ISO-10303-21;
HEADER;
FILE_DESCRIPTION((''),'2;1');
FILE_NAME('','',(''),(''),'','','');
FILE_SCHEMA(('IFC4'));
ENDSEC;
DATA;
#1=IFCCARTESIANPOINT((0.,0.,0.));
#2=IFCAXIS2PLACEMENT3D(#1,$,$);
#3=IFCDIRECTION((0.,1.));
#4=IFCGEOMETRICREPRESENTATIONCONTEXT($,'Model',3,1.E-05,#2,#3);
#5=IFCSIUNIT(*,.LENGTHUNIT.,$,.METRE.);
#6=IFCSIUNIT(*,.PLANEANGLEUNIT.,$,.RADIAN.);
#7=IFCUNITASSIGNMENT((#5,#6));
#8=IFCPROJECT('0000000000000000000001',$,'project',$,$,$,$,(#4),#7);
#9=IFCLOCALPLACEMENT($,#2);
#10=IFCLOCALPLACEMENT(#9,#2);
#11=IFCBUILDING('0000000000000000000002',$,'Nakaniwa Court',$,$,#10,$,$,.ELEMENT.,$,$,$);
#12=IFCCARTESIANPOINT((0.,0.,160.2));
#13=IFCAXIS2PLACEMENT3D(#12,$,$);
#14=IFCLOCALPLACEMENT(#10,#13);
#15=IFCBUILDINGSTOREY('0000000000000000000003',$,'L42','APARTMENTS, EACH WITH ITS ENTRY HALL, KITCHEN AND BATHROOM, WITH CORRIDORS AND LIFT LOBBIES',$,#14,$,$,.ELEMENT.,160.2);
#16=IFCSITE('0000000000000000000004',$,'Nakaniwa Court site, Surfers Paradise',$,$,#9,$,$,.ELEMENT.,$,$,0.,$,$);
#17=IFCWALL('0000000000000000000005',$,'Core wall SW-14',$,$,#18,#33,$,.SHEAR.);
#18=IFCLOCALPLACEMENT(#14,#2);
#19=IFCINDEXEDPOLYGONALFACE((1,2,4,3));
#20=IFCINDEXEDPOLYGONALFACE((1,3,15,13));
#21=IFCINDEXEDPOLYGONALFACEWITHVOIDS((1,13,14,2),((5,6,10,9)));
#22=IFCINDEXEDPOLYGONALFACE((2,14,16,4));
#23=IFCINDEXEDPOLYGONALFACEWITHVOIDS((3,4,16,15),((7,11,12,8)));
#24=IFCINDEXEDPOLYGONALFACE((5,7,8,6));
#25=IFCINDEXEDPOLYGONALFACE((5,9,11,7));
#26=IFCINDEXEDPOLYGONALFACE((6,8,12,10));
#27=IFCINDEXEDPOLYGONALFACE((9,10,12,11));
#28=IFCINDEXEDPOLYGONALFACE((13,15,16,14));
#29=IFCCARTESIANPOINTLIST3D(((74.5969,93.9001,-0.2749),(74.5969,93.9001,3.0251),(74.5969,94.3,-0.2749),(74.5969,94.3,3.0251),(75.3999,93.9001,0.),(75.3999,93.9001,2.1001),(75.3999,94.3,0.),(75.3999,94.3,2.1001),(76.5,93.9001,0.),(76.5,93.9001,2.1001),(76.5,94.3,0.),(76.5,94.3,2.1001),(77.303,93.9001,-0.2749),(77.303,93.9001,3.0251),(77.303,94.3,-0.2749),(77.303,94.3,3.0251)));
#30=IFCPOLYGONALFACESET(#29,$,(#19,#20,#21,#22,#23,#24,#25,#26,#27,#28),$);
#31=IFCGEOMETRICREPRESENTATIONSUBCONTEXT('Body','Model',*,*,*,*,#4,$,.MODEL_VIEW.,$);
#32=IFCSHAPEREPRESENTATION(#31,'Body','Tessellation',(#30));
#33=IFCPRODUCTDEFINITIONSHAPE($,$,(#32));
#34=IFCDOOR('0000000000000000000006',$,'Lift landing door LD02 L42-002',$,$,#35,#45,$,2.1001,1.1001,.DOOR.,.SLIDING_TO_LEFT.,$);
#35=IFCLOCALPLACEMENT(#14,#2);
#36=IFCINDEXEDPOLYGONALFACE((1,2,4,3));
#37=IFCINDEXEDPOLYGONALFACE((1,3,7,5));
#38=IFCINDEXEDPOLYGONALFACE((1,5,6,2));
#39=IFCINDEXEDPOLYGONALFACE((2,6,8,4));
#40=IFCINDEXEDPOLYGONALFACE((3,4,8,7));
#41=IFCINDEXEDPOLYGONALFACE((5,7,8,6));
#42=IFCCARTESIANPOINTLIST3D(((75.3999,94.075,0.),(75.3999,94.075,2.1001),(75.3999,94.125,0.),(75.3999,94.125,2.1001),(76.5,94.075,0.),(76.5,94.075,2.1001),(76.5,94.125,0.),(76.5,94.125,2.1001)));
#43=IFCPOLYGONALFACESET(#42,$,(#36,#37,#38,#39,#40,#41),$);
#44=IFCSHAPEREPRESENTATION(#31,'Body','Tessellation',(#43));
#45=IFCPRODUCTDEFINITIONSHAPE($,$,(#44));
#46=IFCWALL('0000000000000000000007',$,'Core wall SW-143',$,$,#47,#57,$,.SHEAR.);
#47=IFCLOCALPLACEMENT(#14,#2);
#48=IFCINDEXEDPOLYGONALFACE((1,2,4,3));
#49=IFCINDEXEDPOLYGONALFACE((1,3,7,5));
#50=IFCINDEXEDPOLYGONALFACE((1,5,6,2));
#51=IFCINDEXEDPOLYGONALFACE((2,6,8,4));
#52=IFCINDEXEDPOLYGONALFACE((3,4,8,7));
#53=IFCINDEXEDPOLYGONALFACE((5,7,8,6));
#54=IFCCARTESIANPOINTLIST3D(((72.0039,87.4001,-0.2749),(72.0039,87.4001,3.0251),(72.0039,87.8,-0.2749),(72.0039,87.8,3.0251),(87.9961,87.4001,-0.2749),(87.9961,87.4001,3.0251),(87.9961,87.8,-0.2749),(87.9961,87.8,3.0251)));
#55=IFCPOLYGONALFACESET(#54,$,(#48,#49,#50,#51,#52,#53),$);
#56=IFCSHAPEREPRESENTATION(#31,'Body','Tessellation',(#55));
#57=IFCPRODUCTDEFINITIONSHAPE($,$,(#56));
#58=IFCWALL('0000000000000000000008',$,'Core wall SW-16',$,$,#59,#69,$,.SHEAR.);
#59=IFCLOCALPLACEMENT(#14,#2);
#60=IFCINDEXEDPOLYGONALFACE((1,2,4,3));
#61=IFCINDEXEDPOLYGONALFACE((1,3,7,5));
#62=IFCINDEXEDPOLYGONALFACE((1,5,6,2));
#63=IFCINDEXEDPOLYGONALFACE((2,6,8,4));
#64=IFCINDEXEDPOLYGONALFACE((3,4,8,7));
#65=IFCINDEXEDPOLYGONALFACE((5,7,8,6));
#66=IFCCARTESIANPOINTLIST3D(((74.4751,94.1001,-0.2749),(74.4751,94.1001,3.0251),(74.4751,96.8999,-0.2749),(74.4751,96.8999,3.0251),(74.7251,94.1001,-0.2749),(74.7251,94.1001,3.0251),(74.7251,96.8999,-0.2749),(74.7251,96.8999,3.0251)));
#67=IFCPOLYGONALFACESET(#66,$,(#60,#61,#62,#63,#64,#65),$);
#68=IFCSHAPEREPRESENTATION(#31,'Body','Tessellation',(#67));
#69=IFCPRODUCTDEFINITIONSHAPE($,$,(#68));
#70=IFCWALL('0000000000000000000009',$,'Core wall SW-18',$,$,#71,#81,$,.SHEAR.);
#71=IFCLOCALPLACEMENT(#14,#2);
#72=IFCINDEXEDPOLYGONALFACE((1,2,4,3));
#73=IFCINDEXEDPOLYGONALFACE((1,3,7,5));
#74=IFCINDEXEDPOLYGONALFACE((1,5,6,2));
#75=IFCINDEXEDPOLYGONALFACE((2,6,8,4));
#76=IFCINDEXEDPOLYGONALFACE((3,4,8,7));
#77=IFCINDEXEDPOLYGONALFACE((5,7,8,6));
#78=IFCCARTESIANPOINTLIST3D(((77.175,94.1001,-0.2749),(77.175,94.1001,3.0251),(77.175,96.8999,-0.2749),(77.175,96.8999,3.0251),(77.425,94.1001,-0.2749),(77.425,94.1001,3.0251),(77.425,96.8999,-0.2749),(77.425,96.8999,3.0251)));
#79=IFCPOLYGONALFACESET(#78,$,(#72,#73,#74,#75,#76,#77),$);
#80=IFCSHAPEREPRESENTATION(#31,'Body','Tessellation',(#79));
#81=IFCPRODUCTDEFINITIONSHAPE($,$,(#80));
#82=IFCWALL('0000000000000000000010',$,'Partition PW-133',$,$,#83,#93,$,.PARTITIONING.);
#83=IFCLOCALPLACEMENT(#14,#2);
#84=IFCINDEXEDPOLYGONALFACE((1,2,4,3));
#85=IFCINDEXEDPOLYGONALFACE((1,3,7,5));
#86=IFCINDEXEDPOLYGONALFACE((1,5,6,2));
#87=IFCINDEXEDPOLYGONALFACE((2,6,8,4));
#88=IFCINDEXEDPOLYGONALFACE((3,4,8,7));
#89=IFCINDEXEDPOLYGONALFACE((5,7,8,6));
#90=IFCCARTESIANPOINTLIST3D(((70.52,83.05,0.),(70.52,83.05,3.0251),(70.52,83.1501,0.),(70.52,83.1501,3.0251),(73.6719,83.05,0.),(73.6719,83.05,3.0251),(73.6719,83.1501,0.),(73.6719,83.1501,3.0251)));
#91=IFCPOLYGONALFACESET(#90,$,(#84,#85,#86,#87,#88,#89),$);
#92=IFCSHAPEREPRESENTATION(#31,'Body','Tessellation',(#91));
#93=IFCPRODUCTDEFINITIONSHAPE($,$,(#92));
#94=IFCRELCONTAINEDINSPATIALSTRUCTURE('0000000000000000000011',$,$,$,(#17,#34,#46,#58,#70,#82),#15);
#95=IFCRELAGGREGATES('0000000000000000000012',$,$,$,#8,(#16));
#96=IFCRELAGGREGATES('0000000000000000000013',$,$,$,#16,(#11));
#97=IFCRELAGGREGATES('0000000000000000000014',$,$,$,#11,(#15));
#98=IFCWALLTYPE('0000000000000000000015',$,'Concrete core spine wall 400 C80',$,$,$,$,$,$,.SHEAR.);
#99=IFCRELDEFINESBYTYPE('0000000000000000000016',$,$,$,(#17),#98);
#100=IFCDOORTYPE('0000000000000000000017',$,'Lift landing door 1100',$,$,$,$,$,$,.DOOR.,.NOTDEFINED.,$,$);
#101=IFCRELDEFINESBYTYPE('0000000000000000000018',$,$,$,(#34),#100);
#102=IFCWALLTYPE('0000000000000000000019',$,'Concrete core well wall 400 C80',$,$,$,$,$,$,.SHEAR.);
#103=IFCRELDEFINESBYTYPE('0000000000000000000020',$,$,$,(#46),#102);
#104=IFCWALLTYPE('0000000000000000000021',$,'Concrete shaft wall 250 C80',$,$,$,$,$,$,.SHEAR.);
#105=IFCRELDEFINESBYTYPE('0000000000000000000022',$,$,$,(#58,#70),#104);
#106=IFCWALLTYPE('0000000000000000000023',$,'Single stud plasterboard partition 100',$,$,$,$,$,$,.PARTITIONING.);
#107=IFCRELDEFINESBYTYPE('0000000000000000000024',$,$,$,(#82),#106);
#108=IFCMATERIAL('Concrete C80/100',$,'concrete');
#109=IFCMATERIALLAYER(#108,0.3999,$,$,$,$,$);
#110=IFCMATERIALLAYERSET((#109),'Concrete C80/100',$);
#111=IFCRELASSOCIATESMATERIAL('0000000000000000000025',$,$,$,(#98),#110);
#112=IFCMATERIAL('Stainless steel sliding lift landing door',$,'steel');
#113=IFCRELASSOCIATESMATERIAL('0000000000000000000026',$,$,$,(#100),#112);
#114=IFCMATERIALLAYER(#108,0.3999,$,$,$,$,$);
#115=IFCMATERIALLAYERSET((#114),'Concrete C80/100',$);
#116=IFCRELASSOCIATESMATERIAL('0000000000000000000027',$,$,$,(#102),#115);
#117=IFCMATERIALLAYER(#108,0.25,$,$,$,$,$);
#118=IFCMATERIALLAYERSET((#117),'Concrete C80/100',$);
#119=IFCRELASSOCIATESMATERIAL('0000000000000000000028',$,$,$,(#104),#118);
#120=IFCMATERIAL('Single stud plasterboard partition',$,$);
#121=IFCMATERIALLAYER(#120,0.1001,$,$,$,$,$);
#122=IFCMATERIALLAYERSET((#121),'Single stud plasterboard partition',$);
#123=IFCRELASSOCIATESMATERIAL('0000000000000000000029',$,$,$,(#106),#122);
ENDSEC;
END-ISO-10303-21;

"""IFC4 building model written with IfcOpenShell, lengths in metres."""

from ifc_helpers import new_model, si_unit, direction, frame, frame_2d, origin, place, context, subcontext, project, spatial, rectangle, extrude, material, layer, layer_set, type_object, element, fill, save


model = new_model("IFC4")

# Units and contexts
model_context = context("Model", 3, precision=1e-05, world=origin(), true_north=direction((0.0, 1.0)))
body_context = subcontext(model_context, "Body", "Model", "MODEL_VIEW")
ifc_project = project(units=[si_unit("LENGTHUNIT", "METRE"), si_unit("PLANEANGLEUNIT", "RADIAN")], contexts=[model_context])

# Site, building, storey
site_placement = place(None, origin())
site = spatial("IfcSite", under=ifc_project, at=site_placement, Name="Nakaniwa Court site, Surfers Paradise", CompositionType="ELEMENT", RefElevation=0.0)
building_placement = place(site_placement, origin())
building = spatial("IfcBuilding", under=site, at=building_placement, Name="Nakaniwa Court", CompositionType="ELEMENT")
storey_placement = place(building_placement, frame((0.0, 0.0, 160.2)))
storey = spatial("IfcBuildingStorey", under=building, at=storey_placement, Name="L42", Description="APARTMENTS, EACH WITH ITS ENTRY HALL, KITCHEN AND BATHROOM, WITH CORRIDORS AND LIFT LOBBIES", CompositionType="ELEMENT", Elevation=160.2)

# Shared definitions
ifc_material_1 = material(Name="Concrete C80/100", Category="concrete")

# Wall, opening, door
ifc_layer_1 = layer(ifc_material_1, 0.3999)
ifc_layer_set_1 = layer_set([ifc_layer_1], Name="Concrete C80/100")
wall_type_1 = type_object("IfcWallType", Name="Concrete core spine wall 400 C80", PredefinedType="SHEAR", material=ifc_layer_set_1)
wall_1_placement = place(storey_placement, frame((74.5969, 94.1001, -0.2749), z_axis=(0.0, 0.0, 1.0), x_axis=(1.0, 0.0, 0.0)))
wall_1 = element("IfcWall", 1, at=wall_1_placement, inside=storey, type_object=wall_type_1, Name="Core wall SW-14", PredefinedType="SHEAR", context=body_context, shape_type="SweptSolid", body=[
    extrude(rectangle(XDim=2.7061, YDim=0.3999, at=frame_2d((1.353, 0.0))), origin(), (0.0, 0.0, 1.0), 3.3),
])
opening_1_placement = place(wall_1_placement, frame((0.803, 0.0, 0.2749)))
opening_1 = element("IfcOpeningElement", 2, at=opening_1_placement, cuts=wall_1, PredefinedType="OPENING", context=body_context, shape_type="SweptSolid", body=[
    extrude(rectangle(XDim=1.1001, YDim=2.1001, at=frame_2d((0.55, 1.05))), frame((0.0, 0.21, 0.0), z_axis=(0.0, -1.0, 0.0), x_axis=(1.0, 0.0, 0.0)), (0.0, 0.0, 1.0), 0.4199),
])
ifc_material_2 = material(Name="Stainless steel sliding lift landing door", Category="steel")
door_type_1 = type_object("IfcDoorType", Name="Lift landing door 1100", OperationType="NOTDEFINED", PredefinedType="DOOR", material=ifc_material_2)
door_1_placement = place(opening_1_placement, origin())
door_1 = element("IfcDoor", 3, at=door_1_placement, inside=storey, type_object=door_type_1, Name="Lift landing door LD02 L42-002", OperationType="SLIDING_TO_LEFT", OverallHeight=2.1001, OverallWidth=1.1001, PredefinedType="DOOR", context=body_context, shape_type="SweptSolid", body=[
    extrude(rectangle(XDim=1.1001, YDim=2.1001, at=frame_2d((0.55, 1.05))), frame((0.0, 0.0249, 0.0), z_axis=(0.0, -1.0, 0.0), x_axis=(1.0, 0.0, 0.0)), (0.0, 0.0, 1.0), 0.05),
])
fill(opening_1, door_1)

# Walls
ifc_layer_2 = layer(ifc_material_1, 0.3999)
ifc_layer_set_2 = layer_set([ifc_layer_2], Name="Concrete C80/100")
wall_type_2 = type_object("IfcWallType", Name="Concrete core well wall 400 C80", PredefinedType="SHEAR", material=ifc_layer_set_2)
wall_2_placement = place(storey_placement, frame((72.0039, 87.6001, -0.2749), z_axis=(0.0, 0.0, 1.0), x_axis=(1.0, 0.0, 0.0)))
element("IfcWall", 4, at=wall_2_placement, inside=storey, type_object=wall_type_2, Name="Core wall SW-143", PredefinedType="SHEAR", context=body_context, shape_type="SweptSolid", body=[
    extrude(rectangle(XDim=15.9922, YDim=0.3999, at=frame_2d((7.9961, 0.0))), origin(), (0.0, 0.0, 1.0), 3.3),
])
ifc_layer_3 = layer(ifc_material_1, 0.25)
ifc_layer_set_3 = layer_set([ifc_layer_3], Name="Concrete C80/100")
wall_type_3 = type_object("IfcWallType", Name="Concrete shaft wall 250 C80", PredefinedType="SHEAR", material=ifc_layer_set_3)
for number, where, z_axis, x_axis, name in (
    (5, (74.6001, 94.1001, -0.2749), (0.0, 0.0, 1.0), (0.0, 1.0, 0.0), "Core wall SW-16"),
    (6, (77.3, 94.1001, -0.2749), (0.0, 0.0, 1.0), (0.0, 1.0, 0.0), "Core wall SW-18"),
):
    element("IfcWall", number, at=place(storey_placement, frame(where, z_axis=z_axis, x_axis=x_axis)), inside=storey, type_object=wall_type_3, Name=name, PredefinedType="SHEAR", context=body_context, shape_type="SweptSolid", body=[
        extrude(rectangle(XDim=2.7998, YDim=0.25, at=frame_2d((1.3999, 0.0))), origin(), (0.0, 0.0, 1.0), 3.3),
    ])
ifc_material_3 = material(Name="Single stud plasterboard partition")
ifc_layer_4 = layer(ifc_material_3, 0.1001)
ifc_layer_set_4 = layer_set([ifc_layer_4], Name="Single stud plasterboard partition")
wall_type_4 = type_object("IfcWallType", Name="Single stud plasterboard partition 100", PredefinedType="PARTITIONING", material=ifc_layer_set_4)
wall_3_placement = place(storey_placement, frame((70.52, 83.1001, 0.0), z_axis=(0.0, 0.0, 1.0), x_axis=(1.0, 0.0, 0.0)))
element("IfcWall", 7, at=wall_3_placement, inside=storey, type_object=wall_type_4, Name="Partition PW-133", PredefinedType="PARTITIONING", context=body_context, shape_type="SweptSolid", body=[
    extrude(rectangle(XDim=3.1519, YDim=0.1001, at=frame_2d((1.5759, 0.0))), origin(), (0.0, 0.0, 1.0), 3.0251),
])

save(model, "model.ifc")
